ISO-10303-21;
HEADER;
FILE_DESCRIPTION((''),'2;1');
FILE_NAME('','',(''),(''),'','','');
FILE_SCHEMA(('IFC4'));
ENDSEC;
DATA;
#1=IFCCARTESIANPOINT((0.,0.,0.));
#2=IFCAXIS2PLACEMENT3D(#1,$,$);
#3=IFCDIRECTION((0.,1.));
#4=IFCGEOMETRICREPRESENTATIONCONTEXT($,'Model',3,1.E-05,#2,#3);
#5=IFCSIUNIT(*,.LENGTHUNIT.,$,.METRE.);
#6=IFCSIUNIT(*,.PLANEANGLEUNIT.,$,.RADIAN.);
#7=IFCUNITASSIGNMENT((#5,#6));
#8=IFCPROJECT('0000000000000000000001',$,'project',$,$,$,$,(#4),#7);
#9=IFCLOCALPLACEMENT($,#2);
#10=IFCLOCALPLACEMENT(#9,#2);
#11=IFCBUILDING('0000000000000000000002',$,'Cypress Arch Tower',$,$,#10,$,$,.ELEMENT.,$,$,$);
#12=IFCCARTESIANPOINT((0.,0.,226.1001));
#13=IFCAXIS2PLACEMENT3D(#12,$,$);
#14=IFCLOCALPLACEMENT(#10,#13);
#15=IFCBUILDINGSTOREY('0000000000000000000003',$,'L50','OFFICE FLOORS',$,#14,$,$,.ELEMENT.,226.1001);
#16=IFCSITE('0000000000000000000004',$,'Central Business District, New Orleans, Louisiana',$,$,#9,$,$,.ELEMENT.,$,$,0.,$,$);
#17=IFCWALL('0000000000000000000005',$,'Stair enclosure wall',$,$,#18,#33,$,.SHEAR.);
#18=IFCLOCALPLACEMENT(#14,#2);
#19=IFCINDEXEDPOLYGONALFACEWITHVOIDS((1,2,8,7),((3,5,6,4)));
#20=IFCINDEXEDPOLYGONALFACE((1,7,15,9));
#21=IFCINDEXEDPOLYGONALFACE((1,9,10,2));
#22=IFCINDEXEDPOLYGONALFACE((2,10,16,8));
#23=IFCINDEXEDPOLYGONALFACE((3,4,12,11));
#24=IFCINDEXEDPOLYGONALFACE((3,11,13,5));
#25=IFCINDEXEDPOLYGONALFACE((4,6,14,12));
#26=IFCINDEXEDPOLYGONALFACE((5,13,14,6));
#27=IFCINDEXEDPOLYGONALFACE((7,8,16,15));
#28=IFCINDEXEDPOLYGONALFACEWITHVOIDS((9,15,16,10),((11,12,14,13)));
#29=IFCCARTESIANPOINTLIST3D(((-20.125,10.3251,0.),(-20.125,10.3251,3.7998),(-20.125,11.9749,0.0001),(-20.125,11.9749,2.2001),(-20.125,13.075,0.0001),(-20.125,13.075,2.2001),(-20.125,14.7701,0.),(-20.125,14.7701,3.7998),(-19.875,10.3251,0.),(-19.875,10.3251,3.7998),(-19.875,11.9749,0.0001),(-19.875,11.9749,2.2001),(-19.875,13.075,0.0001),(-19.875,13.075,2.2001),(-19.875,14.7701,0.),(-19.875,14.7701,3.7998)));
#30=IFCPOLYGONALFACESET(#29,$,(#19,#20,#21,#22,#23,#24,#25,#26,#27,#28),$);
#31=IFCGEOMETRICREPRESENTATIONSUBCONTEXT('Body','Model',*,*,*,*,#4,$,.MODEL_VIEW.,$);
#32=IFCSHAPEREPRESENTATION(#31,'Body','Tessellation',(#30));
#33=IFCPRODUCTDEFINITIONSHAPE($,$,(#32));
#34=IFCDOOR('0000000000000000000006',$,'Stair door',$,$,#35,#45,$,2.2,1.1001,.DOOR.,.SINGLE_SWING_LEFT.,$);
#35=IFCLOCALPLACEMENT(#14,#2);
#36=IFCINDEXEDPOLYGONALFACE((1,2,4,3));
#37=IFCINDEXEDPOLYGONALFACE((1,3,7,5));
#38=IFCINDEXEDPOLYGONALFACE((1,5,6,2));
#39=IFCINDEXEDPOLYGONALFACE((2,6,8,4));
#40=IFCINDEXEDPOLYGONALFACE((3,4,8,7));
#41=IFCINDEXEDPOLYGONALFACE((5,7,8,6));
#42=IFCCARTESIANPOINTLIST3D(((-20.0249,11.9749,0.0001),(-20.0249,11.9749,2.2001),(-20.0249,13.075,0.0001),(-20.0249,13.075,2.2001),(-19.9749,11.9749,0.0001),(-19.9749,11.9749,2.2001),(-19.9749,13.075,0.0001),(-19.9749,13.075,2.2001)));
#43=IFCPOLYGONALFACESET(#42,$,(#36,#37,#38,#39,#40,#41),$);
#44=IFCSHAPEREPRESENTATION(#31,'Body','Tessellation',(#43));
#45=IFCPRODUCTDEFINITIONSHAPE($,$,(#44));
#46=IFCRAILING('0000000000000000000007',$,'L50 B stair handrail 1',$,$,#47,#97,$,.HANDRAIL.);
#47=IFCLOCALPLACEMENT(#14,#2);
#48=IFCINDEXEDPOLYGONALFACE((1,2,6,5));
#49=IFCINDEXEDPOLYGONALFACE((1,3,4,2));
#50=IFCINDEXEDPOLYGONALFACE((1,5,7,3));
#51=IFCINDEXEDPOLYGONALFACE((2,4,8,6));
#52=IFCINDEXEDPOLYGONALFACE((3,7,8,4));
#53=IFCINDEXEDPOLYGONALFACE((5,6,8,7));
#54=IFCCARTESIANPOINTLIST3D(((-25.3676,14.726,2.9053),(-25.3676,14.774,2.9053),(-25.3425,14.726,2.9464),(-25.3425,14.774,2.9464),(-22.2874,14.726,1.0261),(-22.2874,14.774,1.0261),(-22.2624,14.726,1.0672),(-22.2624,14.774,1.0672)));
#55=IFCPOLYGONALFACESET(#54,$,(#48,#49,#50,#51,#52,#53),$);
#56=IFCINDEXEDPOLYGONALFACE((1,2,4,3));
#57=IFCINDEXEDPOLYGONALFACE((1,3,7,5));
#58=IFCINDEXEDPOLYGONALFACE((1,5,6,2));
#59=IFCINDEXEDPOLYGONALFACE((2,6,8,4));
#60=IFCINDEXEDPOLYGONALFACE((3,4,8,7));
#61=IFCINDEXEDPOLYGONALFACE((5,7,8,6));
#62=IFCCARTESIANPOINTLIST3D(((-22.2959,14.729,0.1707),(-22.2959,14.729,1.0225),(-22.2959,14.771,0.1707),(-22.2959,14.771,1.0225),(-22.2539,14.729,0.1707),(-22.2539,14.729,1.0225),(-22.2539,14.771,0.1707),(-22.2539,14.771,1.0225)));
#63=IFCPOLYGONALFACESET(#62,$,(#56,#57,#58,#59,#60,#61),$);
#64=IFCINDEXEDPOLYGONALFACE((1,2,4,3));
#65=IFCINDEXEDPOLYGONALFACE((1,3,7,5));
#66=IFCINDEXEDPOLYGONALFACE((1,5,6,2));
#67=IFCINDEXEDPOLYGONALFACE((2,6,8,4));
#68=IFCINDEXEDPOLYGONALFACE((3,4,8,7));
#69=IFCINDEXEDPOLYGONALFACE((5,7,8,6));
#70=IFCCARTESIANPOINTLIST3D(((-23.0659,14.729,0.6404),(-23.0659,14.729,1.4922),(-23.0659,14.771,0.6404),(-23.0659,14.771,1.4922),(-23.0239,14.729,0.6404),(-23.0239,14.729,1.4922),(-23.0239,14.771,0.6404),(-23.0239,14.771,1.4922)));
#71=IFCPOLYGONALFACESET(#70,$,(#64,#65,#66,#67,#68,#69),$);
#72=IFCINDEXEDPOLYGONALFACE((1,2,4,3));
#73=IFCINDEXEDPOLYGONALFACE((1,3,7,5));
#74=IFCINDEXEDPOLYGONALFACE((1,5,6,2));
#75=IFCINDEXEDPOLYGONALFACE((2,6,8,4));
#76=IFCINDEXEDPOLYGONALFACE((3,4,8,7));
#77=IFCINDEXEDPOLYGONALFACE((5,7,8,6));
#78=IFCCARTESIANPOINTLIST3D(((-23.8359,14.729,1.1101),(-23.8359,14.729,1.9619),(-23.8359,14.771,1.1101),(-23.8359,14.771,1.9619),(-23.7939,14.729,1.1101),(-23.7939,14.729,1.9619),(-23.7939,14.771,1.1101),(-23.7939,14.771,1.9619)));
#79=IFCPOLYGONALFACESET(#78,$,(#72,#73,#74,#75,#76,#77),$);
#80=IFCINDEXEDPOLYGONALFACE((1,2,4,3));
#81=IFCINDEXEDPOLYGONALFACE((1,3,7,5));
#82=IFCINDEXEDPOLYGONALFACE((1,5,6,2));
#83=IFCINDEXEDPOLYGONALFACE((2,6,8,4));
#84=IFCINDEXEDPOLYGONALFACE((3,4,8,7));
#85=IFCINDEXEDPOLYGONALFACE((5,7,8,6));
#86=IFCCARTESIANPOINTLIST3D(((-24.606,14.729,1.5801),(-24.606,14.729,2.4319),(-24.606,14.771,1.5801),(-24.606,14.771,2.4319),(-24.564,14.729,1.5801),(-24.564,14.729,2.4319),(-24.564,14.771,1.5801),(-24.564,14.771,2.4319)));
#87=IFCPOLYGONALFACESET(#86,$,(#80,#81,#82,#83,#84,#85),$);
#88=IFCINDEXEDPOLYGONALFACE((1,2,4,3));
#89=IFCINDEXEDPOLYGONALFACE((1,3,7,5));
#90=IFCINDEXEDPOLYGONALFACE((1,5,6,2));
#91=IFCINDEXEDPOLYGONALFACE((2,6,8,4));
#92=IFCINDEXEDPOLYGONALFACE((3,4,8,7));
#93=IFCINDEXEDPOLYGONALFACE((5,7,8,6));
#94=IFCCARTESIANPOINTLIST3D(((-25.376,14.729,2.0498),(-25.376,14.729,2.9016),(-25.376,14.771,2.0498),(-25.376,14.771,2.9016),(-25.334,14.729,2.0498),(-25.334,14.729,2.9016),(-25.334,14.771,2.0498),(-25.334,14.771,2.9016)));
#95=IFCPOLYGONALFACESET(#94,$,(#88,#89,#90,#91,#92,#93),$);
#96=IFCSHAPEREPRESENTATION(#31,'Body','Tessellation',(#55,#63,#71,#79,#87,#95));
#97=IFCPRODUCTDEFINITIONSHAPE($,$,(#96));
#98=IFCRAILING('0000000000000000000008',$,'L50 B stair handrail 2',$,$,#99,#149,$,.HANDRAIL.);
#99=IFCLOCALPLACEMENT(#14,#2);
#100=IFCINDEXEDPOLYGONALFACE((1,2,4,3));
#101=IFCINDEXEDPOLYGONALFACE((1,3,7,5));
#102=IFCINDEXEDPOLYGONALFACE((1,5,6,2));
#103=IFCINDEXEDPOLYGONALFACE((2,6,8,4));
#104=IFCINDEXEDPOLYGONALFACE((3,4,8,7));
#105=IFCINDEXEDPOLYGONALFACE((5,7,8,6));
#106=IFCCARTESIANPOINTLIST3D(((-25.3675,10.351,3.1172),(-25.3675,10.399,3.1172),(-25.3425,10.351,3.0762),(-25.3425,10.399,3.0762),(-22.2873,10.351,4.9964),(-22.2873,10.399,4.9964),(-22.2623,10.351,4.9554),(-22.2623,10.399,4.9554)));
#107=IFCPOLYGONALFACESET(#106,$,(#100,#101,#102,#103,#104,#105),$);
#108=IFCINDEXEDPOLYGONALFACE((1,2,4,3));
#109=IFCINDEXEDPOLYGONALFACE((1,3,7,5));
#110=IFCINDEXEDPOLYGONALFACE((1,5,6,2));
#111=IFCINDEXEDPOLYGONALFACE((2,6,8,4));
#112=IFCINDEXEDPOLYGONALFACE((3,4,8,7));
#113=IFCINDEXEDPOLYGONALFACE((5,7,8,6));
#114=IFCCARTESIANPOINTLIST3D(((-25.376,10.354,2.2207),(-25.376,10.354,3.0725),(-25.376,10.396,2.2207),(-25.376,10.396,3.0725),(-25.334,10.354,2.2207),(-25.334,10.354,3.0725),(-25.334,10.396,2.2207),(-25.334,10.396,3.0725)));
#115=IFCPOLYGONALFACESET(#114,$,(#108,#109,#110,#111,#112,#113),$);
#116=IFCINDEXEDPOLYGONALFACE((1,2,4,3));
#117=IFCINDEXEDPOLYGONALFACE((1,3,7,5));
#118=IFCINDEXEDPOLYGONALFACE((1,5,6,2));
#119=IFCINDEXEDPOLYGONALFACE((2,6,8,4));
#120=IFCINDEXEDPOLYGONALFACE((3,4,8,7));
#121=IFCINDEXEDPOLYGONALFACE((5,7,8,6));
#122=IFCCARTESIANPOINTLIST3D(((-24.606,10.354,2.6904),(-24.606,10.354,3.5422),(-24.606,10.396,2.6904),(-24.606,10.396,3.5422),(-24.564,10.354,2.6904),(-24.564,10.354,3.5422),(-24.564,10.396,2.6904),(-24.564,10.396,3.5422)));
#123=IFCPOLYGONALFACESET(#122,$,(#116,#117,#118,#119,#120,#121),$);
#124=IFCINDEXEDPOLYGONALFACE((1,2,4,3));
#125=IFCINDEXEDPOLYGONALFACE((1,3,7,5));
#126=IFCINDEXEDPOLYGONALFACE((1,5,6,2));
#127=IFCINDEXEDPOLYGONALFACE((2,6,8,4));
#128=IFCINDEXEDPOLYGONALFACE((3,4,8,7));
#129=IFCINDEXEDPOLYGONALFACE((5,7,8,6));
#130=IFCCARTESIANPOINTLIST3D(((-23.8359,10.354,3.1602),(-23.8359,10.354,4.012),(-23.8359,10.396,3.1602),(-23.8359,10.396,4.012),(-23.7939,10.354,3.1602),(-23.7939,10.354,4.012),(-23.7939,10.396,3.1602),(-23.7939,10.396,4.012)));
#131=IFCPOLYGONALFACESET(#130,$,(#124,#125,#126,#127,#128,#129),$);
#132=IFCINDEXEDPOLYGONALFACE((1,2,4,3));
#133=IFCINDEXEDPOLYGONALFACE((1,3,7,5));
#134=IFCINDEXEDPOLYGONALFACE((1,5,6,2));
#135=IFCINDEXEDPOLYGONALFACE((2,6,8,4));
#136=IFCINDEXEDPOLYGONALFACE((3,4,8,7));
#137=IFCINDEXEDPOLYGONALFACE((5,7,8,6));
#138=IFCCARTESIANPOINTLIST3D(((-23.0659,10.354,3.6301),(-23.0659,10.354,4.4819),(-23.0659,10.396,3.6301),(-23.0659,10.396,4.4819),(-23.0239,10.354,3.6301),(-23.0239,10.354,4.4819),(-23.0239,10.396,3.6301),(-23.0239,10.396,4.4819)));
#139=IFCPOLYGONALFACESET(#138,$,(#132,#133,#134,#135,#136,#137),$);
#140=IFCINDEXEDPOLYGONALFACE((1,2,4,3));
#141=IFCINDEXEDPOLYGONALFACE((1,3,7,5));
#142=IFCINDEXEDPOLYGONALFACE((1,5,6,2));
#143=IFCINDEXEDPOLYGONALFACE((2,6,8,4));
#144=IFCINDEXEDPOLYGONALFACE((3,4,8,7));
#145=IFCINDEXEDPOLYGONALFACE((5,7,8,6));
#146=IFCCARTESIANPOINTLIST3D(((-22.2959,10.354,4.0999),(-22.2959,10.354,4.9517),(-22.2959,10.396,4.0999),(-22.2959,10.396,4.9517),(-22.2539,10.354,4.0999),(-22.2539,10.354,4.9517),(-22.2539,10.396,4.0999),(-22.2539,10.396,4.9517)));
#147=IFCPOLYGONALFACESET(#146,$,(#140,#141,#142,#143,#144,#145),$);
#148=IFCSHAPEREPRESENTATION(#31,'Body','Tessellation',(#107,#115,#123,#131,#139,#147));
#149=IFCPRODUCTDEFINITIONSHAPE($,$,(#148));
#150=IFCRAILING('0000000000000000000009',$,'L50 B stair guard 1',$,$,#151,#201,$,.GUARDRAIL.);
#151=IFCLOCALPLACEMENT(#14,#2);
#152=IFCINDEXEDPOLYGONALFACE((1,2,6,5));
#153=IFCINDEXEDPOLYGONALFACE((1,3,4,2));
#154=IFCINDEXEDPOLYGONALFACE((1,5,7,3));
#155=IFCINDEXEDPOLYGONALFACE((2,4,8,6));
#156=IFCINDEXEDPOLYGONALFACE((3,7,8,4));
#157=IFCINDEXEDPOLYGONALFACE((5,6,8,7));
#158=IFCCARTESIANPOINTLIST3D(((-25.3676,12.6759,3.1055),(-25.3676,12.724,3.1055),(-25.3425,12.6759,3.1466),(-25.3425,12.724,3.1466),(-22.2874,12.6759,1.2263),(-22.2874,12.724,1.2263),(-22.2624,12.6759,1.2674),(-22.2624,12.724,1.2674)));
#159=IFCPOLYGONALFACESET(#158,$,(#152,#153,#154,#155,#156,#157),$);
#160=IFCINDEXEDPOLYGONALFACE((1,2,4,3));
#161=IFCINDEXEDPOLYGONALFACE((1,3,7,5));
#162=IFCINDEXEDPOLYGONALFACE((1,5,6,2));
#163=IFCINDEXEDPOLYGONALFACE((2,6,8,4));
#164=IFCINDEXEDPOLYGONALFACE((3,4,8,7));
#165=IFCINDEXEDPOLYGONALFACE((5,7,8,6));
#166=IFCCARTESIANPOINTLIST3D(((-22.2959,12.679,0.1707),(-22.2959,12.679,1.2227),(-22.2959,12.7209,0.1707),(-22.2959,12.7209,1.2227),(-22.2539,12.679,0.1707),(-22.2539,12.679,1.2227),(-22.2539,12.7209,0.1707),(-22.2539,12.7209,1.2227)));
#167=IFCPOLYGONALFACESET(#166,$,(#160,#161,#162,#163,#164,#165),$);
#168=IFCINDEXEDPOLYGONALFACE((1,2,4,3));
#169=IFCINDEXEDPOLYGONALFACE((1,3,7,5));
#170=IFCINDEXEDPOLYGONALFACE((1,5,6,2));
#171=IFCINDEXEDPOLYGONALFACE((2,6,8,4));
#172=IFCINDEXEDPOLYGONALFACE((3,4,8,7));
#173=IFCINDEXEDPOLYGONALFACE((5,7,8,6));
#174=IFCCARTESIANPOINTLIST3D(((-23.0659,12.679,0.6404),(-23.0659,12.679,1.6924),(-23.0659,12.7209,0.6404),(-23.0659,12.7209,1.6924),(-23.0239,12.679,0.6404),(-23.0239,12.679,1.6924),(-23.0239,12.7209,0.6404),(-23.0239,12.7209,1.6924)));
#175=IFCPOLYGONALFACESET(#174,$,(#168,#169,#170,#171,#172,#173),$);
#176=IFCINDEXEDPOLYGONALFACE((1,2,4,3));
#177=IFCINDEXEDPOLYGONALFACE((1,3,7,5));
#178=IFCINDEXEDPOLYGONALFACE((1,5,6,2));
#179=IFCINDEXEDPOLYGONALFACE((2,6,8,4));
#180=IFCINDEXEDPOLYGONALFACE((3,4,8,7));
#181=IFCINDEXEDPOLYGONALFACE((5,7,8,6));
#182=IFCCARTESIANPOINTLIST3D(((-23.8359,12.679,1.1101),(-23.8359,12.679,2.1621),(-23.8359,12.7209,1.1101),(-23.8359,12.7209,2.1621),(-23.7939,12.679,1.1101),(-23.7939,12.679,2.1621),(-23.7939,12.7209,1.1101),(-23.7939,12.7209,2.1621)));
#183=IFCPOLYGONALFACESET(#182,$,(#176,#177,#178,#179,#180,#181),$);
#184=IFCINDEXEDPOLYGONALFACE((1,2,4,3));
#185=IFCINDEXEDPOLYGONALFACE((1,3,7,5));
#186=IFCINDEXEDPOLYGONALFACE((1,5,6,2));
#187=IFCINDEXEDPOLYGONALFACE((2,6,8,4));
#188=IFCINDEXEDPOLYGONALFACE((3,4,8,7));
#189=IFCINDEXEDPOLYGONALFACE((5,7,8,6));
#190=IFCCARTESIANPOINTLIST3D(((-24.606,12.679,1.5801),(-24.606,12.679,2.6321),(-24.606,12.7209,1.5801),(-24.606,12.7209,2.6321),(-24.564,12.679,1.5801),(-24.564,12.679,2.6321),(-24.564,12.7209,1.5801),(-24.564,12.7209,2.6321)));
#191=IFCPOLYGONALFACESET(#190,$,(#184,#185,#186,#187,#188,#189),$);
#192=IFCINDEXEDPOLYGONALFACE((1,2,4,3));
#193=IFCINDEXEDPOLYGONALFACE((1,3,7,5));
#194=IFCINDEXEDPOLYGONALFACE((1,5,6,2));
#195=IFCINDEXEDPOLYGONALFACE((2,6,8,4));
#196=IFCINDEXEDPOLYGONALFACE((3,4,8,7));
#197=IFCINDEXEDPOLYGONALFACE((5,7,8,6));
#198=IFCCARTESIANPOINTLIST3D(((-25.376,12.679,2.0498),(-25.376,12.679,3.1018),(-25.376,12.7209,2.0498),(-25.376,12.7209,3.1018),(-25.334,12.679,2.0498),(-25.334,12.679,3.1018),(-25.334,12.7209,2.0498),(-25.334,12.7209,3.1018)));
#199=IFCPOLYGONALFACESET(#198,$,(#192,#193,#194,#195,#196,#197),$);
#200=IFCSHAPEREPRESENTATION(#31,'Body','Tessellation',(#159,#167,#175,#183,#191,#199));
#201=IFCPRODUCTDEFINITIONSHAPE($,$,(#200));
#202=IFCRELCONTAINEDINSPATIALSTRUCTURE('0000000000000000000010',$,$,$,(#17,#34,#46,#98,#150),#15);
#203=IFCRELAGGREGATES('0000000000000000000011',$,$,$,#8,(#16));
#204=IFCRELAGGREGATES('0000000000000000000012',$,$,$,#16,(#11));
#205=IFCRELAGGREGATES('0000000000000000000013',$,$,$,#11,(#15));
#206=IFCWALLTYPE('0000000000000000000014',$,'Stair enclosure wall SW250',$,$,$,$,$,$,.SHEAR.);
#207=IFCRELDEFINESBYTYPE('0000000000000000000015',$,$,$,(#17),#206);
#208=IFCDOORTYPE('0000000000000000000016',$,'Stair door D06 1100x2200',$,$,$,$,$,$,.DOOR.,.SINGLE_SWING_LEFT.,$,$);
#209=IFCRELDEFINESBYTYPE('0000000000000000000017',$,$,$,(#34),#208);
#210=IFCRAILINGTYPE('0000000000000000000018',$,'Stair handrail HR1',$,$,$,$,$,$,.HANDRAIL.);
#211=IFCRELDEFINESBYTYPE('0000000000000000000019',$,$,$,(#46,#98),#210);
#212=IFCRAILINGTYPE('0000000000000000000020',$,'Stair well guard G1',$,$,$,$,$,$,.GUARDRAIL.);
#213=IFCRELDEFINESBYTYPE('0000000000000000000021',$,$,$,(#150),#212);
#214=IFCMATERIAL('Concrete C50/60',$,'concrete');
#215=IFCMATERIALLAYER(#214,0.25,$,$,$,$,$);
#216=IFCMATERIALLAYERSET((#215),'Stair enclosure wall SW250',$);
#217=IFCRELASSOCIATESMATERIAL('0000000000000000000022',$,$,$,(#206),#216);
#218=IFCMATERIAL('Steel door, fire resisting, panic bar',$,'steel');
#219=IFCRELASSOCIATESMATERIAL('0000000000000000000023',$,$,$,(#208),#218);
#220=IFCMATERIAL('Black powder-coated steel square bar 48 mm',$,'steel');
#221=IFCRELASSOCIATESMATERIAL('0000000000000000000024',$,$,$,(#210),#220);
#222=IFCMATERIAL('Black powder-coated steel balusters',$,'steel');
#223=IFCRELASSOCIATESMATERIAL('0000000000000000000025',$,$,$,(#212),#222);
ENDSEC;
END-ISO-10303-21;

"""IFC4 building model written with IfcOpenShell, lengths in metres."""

from ifc_helpers import new_model, si_unit, direction, frame, frame_2d, origin, origin_2d, place, context, subcontext, project, spatial, rectangle, extrude, material, layer, layer_set, type_object, element, fill, save


model = new_model("IFC4")

# Units and contexts
model_context = context("Model", 3, precision=1e-05, world=origin(), true_north=direction((0.0, 1.0)))
body_context = subcontext(model_context, "Body", "Model", "MODEL_VIEW")
ifc_project = project(units=[si_unit("LENGTHUNIT", "METRE"), si_unit("PLANEANGLEUNIT", "RADIAN")], contexts=[model_context])

# Site, building, storey
site_placement = place(None, origin())
site = spatial("IfcSite", under=ifc_project, at=site_placement, Name="Central Business District, New Orleans, Louisiana", CompositionType="ELEMENT", RefElevation=0.0)
building_placement = place(site_placement, origin())
building = spatial("IfcBuilding", under=site, at=building_placement, Name="Cypress Arch Tower", CompositionType="ELEMENT")
storey_placement = place(building_placement, frame((0.0, 0.0, 226.1001)))
storey = spatial("IfcBuildingStorey", under=building, at=storey_placement, Name="L50", Description="OFFICE FLOORS", CompositionType="ELEMENT", Elevation=226.1001)

# Wall, opening, door
ifc_material_1 = material(Name="Concrete C50/60", Category="concrete")
ifc_layer_1 = layer(ifc_material_1, 0.25)
ifc_layer_set_1 = layer_set([ifc_layer_1], Name="Stair enclosure wall SW250")
wall_type_1 = type_object("IfcWallType", Name="Stair enclosure wall SW250", PredefinedType="SHEAR", material=ifc_layer_set_1)
wall_1_placement = place(storey_placement, frame((-20.0, 10.325, 0.0), z_axis=(0.0, 0.0, 1.0), x_axis=(0.0, 1.0, 0.0)))
wall_1 = element("IfcWall", 1, at=wall_1_placement, inside=storey, type_object=wall_type_1, Name="Stair enclosure wall", PredefinedType="SHEAR", context=body_context, shape_type="SweptSolid", body=[
    extrude(rectangle(XDim=4.4451, YDim=0.25, at=frame_2d((2.2227, 0.0))), origin(), (0.0, 0.0, 1.0), 3.7998),
])
opening_1_placement = place(wall_1_placement, frame((1.6499, 0.0, 0.0)))
opening_1 = element("IfcOpeningElement", 2, at=opening_1_placement, cuts=wall_1, PredefinedType="OPENING", context=body_context, shape_type="SweptSolid", body=[
    extrude(rectangle(XDim=1.1001, YDim=2.2, at=frame_2d((0.55, 1.1001))), frame((0.0, 0.135, 0.0), z_axis=(0.0, -1.0, 0.0), x_axis=(1.0, 0.0, 0.0)), (0.0, 0.0, 1.0), 0.27),
])
ifc_material_2 = material(Name="Steel door, fire resisting, panic bar", Category="steel")
door_type = type_object("IfcDoorType", Name="Stair door D06 1100x2200", OperationType="SINGLE_SWING_LEFT", PredefinedType="DOOR", material=ifc_material_2)
door_placement = place(opening_1_placement, origin())
door = element("IfcDoor", 3, at=door_placement, inside=storey, type_object=door_type, Name="Stair door", OperationType="SINGLE_SWING_LEFT", OverallHeight=2.2, OverallWidth=1.1001, PredefinedType="DOOR", context=body_context, shape_type="SweptSolid", body=[
    extrude(rectangle(XDim=1.1001, YDim=2.2, at=frame_2d((0.55, 1.1001))), frame((0.0, 0.0249, 0.0), z_axis=(0.0, -1.0, 0.0), x_axis=(1.0, 0.0, 0.0)), (0.0, 0.0, 1.0), 0.05),
])
fill(opening_1, door)

# Railings
ifc_material_3 = material(Name="Black powder-coated steel square bar 48 mm", Category="steel")
railing_type_1 = type_object("IfcRailingType", Name="Stair handrail HR1", PredefinedType="HANDRAIL", material=ifc_material_3)
railing_1_placement = place(storey_placement, frame((-22.2749, 14.75, 0.1707)))
element("IfcRailing", 4, at=railing_1_placement, inside=storey, type_object=railing_type_1, Name="L50 B stair handrail 1", PredefinedType="HANDRAIL", context=body_context, shape_type="SweptSolid", body=[
    extrude(rectangle(XDim=0.0481, YDim=0.0481, at=origin_2d()), frame((0.0, 0.0, 0.876), z_axis=(-0.853666, 0.0, 0.52082), x_axis=(0.0, -1.0, 0.0)), (0.0, 0.0, 1.0), 3.6082),
    extrude(rectangle(XDim=0.042, YDim=0.042, at=origin_2d()), origin(), (0.0, 0.0, 1.0), 0.8518),
    extrude(rectangle(XDim=0.042, YDim=0.042, at=origin_2d()), frame((-0.77, 0.0, 0.4697)), (0.0, 0.0, 1.0), 0.8518),
    extrude(rectangle(XDim=0.042, YDim=0.042, at=origin_2d()), frame((-1.54, 0.0, 0.9395)), (0.0, 0.0, 1.0), 0.8518),
    extrude(rectangle(XDim=0.042, YDim=0.042, at=origin_2d()), frame((-2.3101, 0.0, 1.4094)), (0.0, 0.0, 1.0), 0.8518),
    extrude(rectangle(XDim=0.042, YDim=0.042, at=origin_2d()), frame((-3.0801, 0.0, 1.8792)), (0.0, 0.0, 1.0), 0.8518),
])
railing_2_placement = place(storey_placement, frame((-25.355, 10.375, 2.2207)))
element("IfcRailing", 5, at=railing_2_placement, inside=storey, type_object=railing_type_1, Name="L50 B stair handrail 2", PredefinedType="HANDRAIL", context=body_context, shape_type="SweptSolid", body=[
    extrude(rectangle(XDim=0.0481, YDim=0.0481, at=origin_2d()), frame((0.0, 0.0, 0.876), z_axis=(0.853666, 0.0, 0.52082), x_axis=(0.0, 1.0, 0.0)), (0.0, 0.0, 1.0), 3.6082),
    extrude(rectangle(XDim=0.042, YDim=0.042, at=origin_2d()), origin(), (0.0, 0.0, 1.0), 0.8518),
    extrude(rectangle(XDim=0.042, YDim=0.042, at=origin_2d()), frame((0.77, 0.0, 0.4697)), (0.0, 0.0, 1.0), 0.8518),
    extrude(rectangle(XDim=0.042, YDim=0.042, at=origin_2d()), frame((1.54, 0.0, 0.9395)), (0.0, 0.0, 1.0), 0.8518),
    extrude(rectangle(XDim=0.042, YDim=0.042, at=origin_2d()), frame((2.3101, 0.0, 1.4094)), (0.0, 0.0, 1.0), 0.8518),
    extrude(rectangle(XDim=0.042, YDim=0.042, at=origin_2d()), frame((3.0801, 0.0, 1.8792)), (0.0, 0.0, 1.0), 0.8518),
])
ifc_material_4 = material(Name="Black powder-coated steel balusters", Category="steel")
railing_type_2 = type_object("IfcRailingType", Name="Stair well guard G1", PredefinedType="GUARDRAIL", material=ifc_material_4)
railing_3_placement = place(storey_placement, frame((-22.2749, 12.7, 0.1707)))
element("IfcRailing", 6, at=railing_3_placement, inside=storey, type_object=railing_type_2, Name="L50 B stair guard 1", PredefinedType="GUARDRAIL", context=body_context, shape_type="SweptSolid", body=[
    extrude(rectangle(XDim=0.0481, YDim=0.0481, at=origin_2d()), frame((0.0, 0.0, 1.0762), z_axis=(-0.853666, 0.0, 0.52082), x_axis=(0.0, -1.0, 0.0)), (0.0, 0.0, 1.0), 3.6082),
    extrude(rectangle(XDim=0.042, YDim=0.042, at=origin_2d()), origin(), (0.0, 0.0, 1.0), 1.052),
    extrude(rectangle(XDim=0.042, YDim=0.042, at=origin_2d()), frame((-0.77, 0.0, 0.4697)), (0.0, 0.0, 1.0), 1.052),
    extrude(rectangle(XDim=0.042, YDim=0.042, at=origin_2d()), frame((-1.54, 0.0, 0.9395)), (0.0, 0.0, 1.0), 1.052),
    extrude(rectangle(XDim=0.042, YDim=0.042, at=origin_2d()), frame((-2.3101, 0.0, 1.4094)), (0.0, 0.0, 1.0), 1.052),
    extrude(rectangle(XDim=0.042, YDim=0.042, at=origin_2d()), frame((-3.0801, 0.0, 1.8792)), (0.0, 0.0, 1.0), 1.052),
])

save(model, "model.ifc")
